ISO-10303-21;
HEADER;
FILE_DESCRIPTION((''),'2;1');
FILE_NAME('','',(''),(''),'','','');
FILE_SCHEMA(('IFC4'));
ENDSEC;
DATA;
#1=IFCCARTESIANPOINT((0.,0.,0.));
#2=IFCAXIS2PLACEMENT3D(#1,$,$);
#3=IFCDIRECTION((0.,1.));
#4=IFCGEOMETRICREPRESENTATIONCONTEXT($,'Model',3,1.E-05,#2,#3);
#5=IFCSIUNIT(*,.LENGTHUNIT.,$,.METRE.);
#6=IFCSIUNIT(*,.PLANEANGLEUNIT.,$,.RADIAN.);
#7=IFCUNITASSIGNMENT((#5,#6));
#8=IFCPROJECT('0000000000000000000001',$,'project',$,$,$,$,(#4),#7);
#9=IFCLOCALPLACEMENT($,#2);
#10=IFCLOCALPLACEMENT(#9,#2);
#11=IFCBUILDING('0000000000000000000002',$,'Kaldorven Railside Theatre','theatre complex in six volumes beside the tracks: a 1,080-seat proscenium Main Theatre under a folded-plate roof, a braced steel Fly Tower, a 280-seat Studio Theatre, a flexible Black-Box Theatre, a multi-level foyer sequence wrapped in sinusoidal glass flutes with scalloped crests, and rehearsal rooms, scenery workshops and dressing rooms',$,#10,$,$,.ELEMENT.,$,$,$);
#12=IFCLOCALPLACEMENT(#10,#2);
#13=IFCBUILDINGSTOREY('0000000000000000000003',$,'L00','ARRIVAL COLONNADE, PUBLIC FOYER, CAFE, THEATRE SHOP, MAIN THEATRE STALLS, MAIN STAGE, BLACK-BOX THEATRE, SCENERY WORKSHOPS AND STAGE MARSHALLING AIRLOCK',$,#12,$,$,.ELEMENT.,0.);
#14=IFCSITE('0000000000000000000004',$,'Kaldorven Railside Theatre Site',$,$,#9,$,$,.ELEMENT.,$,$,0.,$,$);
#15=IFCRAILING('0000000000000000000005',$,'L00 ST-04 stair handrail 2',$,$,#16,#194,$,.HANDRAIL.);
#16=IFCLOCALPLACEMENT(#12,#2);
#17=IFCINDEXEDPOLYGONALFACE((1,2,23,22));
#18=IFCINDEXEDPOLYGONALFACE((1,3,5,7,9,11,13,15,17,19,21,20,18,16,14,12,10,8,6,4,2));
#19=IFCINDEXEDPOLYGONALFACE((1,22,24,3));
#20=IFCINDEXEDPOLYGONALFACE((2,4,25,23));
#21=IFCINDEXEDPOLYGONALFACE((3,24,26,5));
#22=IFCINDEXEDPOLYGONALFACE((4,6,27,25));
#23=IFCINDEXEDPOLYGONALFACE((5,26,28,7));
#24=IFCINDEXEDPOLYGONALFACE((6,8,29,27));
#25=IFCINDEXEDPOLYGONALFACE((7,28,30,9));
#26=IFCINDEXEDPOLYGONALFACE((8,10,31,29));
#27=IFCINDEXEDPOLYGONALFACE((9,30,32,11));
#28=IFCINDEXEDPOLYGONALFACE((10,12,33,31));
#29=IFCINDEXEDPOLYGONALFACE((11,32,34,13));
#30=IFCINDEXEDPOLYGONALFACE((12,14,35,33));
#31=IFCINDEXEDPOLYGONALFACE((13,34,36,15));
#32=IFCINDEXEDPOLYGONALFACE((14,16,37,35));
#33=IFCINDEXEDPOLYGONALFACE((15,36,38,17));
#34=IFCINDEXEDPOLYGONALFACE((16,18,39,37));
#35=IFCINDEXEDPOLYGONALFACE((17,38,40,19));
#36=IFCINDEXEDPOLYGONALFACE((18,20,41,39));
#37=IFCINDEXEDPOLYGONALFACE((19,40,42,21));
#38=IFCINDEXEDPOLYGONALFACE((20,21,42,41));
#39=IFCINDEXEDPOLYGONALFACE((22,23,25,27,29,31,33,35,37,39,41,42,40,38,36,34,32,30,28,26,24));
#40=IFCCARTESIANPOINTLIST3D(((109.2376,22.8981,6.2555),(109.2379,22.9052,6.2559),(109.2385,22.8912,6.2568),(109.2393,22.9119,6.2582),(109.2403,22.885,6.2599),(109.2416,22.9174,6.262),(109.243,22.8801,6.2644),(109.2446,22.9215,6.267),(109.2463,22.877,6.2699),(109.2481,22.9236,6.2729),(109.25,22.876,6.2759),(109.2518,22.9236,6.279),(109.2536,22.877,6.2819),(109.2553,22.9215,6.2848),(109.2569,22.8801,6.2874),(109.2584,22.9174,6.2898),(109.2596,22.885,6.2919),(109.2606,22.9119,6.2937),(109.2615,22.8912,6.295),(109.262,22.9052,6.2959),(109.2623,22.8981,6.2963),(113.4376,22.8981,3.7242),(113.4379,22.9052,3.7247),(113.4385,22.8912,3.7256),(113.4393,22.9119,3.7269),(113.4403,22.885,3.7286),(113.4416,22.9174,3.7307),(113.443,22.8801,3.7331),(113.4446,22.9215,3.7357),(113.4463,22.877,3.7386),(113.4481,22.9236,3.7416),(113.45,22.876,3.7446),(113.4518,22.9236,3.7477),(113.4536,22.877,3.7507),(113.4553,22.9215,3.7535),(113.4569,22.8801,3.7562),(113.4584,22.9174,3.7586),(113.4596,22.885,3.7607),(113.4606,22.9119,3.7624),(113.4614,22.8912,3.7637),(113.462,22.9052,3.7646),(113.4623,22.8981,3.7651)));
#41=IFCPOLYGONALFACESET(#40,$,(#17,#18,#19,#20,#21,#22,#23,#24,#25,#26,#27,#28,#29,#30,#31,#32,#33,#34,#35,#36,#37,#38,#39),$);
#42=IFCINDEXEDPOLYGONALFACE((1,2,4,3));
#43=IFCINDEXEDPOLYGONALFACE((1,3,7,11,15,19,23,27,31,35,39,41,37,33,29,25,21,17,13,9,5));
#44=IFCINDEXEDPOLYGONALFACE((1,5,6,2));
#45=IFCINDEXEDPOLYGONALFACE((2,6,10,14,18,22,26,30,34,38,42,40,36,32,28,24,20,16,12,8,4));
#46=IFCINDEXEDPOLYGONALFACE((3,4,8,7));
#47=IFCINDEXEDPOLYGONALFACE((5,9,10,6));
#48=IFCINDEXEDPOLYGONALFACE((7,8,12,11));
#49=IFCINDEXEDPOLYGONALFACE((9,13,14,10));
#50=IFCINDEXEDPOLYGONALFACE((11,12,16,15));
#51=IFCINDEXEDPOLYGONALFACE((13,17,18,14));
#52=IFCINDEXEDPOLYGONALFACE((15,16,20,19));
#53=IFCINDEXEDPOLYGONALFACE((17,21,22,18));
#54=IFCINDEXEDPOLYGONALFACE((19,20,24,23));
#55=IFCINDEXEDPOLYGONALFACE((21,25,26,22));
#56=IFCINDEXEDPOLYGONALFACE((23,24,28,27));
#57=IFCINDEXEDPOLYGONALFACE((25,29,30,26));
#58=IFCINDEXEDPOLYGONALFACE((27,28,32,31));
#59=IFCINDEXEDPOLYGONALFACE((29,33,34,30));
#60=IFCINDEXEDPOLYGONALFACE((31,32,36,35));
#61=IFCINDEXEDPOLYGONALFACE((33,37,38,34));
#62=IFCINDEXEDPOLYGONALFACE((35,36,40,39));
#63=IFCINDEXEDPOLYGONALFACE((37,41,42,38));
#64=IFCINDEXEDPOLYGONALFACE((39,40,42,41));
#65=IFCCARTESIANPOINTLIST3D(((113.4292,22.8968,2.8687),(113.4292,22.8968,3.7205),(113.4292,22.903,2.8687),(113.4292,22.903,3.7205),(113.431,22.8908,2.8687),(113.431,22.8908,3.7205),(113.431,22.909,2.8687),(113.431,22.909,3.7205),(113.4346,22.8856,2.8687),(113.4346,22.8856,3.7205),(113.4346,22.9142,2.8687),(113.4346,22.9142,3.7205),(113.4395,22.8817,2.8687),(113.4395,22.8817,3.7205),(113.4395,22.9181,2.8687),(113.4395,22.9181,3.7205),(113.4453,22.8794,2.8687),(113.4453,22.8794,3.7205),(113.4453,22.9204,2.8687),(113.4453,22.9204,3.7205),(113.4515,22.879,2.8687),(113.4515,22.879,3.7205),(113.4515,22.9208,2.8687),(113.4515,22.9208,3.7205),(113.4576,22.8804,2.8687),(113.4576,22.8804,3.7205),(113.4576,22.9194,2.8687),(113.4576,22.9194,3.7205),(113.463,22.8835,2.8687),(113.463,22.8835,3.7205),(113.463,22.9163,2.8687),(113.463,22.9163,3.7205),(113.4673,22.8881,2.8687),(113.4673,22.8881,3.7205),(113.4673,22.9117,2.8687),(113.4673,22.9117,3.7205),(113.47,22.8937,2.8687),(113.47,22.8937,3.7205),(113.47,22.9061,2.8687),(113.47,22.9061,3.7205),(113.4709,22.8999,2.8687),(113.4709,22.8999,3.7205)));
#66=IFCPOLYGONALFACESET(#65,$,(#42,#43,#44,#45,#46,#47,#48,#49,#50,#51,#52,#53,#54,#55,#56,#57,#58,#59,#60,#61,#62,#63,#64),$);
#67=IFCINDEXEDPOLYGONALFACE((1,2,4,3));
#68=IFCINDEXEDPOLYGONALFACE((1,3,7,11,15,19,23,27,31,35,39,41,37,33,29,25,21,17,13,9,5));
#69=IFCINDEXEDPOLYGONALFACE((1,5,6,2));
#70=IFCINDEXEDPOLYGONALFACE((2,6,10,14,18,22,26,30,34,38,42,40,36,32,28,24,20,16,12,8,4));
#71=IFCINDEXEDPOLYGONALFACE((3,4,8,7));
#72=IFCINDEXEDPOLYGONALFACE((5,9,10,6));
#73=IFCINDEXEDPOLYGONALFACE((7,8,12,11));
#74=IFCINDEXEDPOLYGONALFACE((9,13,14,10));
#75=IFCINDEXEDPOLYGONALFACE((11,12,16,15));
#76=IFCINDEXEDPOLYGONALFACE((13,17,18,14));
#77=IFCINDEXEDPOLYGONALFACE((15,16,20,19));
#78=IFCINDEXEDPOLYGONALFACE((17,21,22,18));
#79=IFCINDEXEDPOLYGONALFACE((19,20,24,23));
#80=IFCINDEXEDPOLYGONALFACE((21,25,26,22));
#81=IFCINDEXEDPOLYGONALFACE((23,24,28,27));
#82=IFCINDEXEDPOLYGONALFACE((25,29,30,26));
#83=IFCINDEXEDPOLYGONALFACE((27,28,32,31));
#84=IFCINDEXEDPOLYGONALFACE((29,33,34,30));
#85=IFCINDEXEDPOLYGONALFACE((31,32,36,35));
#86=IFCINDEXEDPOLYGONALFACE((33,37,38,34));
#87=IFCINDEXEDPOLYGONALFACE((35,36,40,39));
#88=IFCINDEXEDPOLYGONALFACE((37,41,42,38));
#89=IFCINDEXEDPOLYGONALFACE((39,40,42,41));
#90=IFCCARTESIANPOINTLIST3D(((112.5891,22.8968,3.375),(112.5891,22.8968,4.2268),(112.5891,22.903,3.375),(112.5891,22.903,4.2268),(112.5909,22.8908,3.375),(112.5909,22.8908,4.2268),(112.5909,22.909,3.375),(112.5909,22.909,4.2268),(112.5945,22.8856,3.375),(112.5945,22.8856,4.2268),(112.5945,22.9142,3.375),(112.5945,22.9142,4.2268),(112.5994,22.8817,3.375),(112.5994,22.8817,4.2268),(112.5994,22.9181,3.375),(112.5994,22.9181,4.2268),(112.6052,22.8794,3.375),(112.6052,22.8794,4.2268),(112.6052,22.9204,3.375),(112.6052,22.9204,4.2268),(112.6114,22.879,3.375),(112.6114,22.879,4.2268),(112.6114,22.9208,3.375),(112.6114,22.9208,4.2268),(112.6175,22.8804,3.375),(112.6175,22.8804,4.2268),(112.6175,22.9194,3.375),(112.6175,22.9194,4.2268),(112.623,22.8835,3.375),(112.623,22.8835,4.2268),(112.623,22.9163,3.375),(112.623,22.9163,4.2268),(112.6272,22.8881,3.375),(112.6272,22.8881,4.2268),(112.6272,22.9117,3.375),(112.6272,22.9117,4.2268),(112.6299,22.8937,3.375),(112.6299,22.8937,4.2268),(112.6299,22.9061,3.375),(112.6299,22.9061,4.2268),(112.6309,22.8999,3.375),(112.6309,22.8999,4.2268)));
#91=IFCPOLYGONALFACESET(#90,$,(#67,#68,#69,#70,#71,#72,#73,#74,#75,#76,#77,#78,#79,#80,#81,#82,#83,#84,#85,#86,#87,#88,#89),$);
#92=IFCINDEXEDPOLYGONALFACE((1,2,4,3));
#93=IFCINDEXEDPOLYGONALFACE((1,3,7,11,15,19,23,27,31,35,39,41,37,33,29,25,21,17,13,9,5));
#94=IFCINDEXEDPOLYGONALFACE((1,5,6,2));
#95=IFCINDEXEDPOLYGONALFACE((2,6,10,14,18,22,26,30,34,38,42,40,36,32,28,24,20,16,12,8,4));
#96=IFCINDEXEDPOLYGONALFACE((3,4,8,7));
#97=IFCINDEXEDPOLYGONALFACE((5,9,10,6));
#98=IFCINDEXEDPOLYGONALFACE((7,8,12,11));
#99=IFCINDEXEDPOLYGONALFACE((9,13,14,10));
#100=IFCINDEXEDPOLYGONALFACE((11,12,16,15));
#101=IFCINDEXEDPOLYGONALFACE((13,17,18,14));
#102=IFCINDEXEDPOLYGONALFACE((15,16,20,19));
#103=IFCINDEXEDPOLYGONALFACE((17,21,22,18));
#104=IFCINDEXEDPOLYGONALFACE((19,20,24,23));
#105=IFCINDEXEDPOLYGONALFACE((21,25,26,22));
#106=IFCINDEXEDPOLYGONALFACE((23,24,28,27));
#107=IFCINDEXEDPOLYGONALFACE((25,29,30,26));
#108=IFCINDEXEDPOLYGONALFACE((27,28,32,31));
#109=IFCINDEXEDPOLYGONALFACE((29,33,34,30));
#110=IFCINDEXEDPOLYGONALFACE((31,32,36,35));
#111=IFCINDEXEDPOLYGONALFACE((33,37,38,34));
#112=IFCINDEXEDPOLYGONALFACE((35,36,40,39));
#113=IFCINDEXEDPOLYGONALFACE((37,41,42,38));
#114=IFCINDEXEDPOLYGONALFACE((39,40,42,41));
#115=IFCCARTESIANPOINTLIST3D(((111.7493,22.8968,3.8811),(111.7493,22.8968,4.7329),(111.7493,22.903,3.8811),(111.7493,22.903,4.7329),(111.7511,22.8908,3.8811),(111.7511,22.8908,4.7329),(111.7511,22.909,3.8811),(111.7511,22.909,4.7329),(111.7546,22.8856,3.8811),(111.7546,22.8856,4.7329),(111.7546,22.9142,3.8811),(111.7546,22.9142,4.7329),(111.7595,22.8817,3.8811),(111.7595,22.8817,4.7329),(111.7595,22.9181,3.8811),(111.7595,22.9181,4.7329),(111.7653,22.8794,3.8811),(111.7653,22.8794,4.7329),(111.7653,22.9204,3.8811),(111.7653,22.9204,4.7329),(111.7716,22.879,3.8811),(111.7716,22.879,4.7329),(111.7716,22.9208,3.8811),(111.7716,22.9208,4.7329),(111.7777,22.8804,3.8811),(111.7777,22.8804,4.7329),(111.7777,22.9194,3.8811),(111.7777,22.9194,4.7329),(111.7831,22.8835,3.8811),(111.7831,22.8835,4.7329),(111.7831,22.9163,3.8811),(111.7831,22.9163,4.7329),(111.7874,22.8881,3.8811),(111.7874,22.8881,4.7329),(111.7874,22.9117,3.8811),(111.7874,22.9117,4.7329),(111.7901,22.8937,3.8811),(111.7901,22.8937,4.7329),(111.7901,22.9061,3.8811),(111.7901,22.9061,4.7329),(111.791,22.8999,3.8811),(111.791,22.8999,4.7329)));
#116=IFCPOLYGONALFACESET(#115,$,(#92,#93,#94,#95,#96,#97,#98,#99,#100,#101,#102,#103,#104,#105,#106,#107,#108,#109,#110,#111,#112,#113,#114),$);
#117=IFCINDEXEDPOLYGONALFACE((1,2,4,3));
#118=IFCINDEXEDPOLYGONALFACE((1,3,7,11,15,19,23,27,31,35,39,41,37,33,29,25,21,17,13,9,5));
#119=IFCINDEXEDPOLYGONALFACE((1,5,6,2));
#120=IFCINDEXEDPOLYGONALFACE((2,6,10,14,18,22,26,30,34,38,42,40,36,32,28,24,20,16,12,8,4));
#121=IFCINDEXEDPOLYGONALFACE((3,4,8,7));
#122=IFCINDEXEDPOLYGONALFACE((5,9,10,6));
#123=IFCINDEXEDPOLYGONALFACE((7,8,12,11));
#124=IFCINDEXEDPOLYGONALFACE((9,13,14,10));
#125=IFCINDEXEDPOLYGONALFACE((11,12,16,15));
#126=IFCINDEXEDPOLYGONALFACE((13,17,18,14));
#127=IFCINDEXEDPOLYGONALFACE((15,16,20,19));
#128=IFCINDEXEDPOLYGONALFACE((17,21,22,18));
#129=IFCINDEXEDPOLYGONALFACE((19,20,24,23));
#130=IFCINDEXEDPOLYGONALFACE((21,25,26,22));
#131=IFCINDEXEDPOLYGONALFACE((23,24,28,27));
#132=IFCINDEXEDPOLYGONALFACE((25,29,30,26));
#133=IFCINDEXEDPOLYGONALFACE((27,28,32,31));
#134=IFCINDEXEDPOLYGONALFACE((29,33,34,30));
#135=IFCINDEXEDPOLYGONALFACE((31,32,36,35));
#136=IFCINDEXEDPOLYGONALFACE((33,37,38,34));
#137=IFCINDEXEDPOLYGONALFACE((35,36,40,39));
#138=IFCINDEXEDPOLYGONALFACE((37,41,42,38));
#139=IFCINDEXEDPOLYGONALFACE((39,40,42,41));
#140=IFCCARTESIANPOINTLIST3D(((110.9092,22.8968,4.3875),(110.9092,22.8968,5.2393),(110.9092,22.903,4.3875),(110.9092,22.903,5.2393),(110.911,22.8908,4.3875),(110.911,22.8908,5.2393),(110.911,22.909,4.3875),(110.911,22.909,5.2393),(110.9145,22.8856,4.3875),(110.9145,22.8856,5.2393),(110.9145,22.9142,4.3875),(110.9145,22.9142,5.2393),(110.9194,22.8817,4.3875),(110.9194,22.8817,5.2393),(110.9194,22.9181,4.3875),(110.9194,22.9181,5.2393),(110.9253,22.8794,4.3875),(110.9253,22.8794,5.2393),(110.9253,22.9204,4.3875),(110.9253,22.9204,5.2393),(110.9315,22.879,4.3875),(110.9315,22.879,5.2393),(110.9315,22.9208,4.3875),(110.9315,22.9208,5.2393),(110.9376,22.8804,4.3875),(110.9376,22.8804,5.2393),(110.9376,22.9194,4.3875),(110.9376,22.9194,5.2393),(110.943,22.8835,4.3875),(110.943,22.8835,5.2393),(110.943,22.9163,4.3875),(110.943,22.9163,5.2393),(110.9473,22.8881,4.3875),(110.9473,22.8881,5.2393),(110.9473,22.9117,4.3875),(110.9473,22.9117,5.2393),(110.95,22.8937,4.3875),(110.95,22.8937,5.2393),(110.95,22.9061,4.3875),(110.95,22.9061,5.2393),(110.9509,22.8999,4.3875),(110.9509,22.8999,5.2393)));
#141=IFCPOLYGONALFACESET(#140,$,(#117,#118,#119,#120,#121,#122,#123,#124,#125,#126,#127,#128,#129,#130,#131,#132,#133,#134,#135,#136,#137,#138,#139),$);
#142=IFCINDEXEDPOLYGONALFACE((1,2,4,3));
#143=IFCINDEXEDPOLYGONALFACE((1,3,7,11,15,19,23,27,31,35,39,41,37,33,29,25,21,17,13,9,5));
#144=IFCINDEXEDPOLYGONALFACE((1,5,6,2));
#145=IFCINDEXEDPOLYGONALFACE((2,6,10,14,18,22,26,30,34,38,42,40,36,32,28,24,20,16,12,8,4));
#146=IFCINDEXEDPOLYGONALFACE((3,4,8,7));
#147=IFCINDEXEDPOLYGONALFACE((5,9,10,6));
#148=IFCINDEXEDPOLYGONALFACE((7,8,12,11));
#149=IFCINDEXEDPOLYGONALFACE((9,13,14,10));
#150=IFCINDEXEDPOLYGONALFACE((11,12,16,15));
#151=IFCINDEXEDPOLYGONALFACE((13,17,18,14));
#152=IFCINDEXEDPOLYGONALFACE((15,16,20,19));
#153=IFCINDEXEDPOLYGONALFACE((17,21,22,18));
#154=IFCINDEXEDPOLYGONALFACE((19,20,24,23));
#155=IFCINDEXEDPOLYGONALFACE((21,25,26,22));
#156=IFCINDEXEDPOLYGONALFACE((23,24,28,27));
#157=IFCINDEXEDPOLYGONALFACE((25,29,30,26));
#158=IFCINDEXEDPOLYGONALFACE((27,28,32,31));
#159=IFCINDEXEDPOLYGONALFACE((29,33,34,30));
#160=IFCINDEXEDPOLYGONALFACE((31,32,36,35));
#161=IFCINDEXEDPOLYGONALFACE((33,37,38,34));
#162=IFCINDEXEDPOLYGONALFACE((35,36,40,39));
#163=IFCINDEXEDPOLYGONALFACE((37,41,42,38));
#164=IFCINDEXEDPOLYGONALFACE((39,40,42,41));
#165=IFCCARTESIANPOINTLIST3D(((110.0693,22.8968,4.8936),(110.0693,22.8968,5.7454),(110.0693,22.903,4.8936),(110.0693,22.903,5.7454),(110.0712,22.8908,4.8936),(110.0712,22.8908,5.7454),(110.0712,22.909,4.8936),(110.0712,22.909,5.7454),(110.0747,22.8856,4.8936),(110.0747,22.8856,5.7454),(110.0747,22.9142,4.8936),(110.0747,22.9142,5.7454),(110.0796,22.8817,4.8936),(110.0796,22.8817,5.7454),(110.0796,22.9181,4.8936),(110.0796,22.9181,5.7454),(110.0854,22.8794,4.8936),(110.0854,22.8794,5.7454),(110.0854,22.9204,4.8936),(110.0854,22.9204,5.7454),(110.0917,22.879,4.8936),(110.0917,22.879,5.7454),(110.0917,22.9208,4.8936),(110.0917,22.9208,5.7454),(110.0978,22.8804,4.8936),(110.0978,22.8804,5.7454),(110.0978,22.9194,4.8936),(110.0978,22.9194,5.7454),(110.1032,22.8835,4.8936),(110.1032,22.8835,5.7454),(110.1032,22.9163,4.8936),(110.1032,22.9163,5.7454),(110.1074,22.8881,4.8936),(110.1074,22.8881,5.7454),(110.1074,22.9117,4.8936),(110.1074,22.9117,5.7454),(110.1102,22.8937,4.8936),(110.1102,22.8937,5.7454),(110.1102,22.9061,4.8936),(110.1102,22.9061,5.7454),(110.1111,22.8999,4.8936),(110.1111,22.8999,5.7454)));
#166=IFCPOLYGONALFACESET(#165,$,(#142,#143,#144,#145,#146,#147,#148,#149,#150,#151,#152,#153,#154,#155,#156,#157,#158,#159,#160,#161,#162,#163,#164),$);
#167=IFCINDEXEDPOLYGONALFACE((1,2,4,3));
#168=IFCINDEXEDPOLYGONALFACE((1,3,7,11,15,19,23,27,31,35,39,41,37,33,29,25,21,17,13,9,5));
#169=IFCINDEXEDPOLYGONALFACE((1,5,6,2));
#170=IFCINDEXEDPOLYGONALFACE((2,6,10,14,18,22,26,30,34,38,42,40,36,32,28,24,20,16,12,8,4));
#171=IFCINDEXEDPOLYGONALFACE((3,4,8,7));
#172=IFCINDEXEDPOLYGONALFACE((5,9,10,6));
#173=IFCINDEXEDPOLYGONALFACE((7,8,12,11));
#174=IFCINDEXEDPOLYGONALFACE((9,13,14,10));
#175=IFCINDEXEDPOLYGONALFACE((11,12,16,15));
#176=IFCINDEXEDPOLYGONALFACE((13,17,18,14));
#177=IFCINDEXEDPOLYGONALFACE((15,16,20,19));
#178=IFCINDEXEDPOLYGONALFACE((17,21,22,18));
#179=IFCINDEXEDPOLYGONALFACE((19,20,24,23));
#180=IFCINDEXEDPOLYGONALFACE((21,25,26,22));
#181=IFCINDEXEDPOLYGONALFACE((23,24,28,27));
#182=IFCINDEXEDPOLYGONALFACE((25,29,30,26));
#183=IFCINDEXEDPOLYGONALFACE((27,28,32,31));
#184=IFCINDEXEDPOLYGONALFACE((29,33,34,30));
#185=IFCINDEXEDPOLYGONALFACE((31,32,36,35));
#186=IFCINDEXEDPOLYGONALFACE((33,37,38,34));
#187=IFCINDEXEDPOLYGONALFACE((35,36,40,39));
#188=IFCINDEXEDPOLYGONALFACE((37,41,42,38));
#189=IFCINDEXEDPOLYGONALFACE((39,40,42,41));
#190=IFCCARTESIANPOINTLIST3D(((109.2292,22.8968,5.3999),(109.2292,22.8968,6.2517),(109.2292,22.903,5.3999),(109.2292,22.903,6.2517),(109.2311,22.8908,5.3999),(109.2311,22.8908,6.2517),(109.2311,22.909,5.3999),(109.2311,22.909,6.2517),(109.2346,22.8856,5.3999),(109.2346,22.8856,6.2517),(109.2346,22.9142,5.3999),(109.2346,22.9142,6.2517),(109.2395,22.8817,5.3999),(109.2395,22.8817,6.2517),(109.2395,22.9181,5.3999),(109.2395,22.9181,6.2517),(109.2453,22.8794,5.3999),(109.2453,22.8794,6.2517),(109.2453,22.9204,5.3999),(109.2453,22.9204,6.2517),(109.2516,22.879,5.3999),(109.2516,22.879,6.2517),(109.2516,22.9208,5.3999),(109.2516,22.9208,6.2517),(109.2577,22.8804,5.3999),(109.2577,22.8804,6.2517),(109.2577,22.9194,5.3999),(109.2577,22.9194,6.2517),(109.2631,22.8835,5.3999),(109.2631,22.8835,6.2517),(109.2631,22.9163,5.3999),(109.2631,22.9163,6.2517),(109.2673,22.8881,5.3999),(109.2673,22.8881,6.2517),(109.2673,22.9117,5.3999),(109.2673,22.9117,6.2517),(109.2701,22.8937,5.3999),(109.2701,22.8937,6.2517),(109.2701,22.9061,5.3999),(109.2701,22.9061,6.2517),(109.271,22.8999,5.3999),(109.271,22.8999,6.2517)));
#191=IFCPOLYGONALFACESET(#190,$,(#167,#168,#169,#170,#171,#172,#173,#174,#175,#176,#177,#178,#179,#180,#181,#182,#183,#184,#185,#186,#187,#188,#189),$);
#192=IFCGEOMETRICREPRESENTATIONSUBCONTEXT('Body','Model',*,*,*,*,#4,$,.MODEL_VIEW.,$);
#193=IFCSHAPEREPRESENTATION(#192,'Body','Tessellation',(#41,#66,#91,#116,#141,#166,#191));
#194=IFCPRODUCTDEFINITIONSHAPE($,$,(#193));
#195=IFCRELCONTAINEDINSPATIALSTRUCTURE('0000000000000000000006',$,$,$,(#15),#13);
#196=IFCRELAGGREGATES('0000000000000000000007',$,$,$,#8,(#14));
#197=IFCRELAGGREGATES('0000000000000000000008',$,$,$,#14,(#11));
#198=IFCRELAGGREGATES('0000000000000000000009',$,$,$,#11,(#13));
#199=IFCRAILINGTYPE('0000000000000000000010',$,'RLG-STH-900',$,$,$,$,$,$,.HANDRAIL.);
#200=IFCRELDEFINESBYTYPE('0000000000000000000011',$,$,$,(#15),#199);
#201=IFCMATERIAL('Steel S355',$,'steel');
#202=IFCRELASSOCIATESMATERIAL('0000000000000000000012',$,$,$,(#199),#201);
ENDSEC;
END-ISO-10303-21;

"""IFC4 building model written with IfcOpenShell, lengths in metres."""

from ifc_helpers import new_model, si_unit, direction, frame, origin, origin_2d, place, context, subcontext, project, spatial, circle, extrude, material, type_object, element, save


model = new_model("IFC4")

# Units and contexts
model_context = context("Model", 3, precision=1e-05, world=origin(), true_north=direction((0.0, 1.0)))
body_context = subcontext(model_context, "Body", "Model", "MODEL_VIEW")
ifc_project = project(units=[si_unit("LENGTHUNIT", "METRE"), si_unit("PLANEANGLEUNIT", "RADIAN")], contexts=[model_context])

# Site, building, storey
site_placement = place(None, origin())
site = spatial("IfcSite", under=ifc_project, at=site_placement, Name="Kaldorven Railside Theatre Site", CompositionType="ELEMENT", RefElevation=0.0)
building_placement = place(site_placement, origin())
building = spatial("IfcBuilding", under=site, at=building_placement, Name="Kaldorven Railside Theatre", Description="theatre complex in six volumes beside the tracks: a 1,080-seat proscenium Main Theatre under a folded-plate roof, a braced steel Fly Tower, a 280-seat Studio Theatre, a flexible Black-Box Theatre, a multi-level foyer sequence wrapped in sinusoidal glass flutes with scalloped crests, and rehearsal rooms, scenery workshops and dressing rooms", CompositionType="ELEMENT")
storey_placement = place(building_placement, origin())
storey = spatial("IfcBuildingStorey", under=building, at=storey_placement, Name="L00", Description="ARRIVAL COLONNADE, PUBLIC FOYER, CAFE, THEATRE SHOP, MAIN THEATRE STALLS, MAIN STAGE, BLACK-BOX THEATRE, SCENERY WORKSHOPS AND STAGE MARSHALLING AIRLOCK", CompositionType="ELEMENT", Elevation=0.0)

# Shared definitions
ifc_material_1 = material(Name="Steel S355", Category="steel")

# Railing
railing_type_1 = type_object("IfcRailingType", Name="RLG-STH-900", PredefinedType="HANDRAIL", material=ifc_material_1)
railing_1_placement = place(storey_placement, frame((113.45, 22.8999, 2.8687)))
element("IfcRailing", 1, at=railing_1_placement, inside=storey, type_object=railing_type_1, Name="L00 ST-04 stair handrail 2", PredefinedType="HANDRAIL", context=body_context, shape_type="SweptSolid", body=[
    extrude(circle(Radius=0.0239, at=origin_2d()), frame((0.0, 0.0, 0.876), z_axis=(-0.856476, 0.0, 0.516186), x_axis=(0.0, -1.0, 0.0)), (0.0, 0.0, 1.0), 4.9038),
    extrude(circle(Radius=0.021, at=origin_2d()), origin(), (0.0, 0.0, 1.0), 0.8518),
    extrude(circle(Radius=0.021, at=origin_2d()), frame((-0.8401, 0.0, 0.5063)), (0.0, 0.0, 1.0), 0.8518),
    extrude(circle(Radius=0.021, at=origin_2d()), frame((-1.6799, 0.0, 1.0125)), (0.0, 0.0, 1.0), 0.8518),
    extrude(circle(Radius=0.021, at=origin_2d()), frame((-2.52, 0.0, 1.5188)), (0.0, 0.0, 1.0), 0.8518),
    extrude(circle(Radius=0.021, at=origin_2d()), frame((-3.3599, 0.0, 2.0249)), (0.0, 0.0, 1.0), 0.8518),
    extrude(circle(Radius=0.021, at=origin_2d()), frame((-4.2, 0.0, 2.5312)), (0.0, 0.0, 1.0), 0.8518),
])

save(model, "model.ifc")
